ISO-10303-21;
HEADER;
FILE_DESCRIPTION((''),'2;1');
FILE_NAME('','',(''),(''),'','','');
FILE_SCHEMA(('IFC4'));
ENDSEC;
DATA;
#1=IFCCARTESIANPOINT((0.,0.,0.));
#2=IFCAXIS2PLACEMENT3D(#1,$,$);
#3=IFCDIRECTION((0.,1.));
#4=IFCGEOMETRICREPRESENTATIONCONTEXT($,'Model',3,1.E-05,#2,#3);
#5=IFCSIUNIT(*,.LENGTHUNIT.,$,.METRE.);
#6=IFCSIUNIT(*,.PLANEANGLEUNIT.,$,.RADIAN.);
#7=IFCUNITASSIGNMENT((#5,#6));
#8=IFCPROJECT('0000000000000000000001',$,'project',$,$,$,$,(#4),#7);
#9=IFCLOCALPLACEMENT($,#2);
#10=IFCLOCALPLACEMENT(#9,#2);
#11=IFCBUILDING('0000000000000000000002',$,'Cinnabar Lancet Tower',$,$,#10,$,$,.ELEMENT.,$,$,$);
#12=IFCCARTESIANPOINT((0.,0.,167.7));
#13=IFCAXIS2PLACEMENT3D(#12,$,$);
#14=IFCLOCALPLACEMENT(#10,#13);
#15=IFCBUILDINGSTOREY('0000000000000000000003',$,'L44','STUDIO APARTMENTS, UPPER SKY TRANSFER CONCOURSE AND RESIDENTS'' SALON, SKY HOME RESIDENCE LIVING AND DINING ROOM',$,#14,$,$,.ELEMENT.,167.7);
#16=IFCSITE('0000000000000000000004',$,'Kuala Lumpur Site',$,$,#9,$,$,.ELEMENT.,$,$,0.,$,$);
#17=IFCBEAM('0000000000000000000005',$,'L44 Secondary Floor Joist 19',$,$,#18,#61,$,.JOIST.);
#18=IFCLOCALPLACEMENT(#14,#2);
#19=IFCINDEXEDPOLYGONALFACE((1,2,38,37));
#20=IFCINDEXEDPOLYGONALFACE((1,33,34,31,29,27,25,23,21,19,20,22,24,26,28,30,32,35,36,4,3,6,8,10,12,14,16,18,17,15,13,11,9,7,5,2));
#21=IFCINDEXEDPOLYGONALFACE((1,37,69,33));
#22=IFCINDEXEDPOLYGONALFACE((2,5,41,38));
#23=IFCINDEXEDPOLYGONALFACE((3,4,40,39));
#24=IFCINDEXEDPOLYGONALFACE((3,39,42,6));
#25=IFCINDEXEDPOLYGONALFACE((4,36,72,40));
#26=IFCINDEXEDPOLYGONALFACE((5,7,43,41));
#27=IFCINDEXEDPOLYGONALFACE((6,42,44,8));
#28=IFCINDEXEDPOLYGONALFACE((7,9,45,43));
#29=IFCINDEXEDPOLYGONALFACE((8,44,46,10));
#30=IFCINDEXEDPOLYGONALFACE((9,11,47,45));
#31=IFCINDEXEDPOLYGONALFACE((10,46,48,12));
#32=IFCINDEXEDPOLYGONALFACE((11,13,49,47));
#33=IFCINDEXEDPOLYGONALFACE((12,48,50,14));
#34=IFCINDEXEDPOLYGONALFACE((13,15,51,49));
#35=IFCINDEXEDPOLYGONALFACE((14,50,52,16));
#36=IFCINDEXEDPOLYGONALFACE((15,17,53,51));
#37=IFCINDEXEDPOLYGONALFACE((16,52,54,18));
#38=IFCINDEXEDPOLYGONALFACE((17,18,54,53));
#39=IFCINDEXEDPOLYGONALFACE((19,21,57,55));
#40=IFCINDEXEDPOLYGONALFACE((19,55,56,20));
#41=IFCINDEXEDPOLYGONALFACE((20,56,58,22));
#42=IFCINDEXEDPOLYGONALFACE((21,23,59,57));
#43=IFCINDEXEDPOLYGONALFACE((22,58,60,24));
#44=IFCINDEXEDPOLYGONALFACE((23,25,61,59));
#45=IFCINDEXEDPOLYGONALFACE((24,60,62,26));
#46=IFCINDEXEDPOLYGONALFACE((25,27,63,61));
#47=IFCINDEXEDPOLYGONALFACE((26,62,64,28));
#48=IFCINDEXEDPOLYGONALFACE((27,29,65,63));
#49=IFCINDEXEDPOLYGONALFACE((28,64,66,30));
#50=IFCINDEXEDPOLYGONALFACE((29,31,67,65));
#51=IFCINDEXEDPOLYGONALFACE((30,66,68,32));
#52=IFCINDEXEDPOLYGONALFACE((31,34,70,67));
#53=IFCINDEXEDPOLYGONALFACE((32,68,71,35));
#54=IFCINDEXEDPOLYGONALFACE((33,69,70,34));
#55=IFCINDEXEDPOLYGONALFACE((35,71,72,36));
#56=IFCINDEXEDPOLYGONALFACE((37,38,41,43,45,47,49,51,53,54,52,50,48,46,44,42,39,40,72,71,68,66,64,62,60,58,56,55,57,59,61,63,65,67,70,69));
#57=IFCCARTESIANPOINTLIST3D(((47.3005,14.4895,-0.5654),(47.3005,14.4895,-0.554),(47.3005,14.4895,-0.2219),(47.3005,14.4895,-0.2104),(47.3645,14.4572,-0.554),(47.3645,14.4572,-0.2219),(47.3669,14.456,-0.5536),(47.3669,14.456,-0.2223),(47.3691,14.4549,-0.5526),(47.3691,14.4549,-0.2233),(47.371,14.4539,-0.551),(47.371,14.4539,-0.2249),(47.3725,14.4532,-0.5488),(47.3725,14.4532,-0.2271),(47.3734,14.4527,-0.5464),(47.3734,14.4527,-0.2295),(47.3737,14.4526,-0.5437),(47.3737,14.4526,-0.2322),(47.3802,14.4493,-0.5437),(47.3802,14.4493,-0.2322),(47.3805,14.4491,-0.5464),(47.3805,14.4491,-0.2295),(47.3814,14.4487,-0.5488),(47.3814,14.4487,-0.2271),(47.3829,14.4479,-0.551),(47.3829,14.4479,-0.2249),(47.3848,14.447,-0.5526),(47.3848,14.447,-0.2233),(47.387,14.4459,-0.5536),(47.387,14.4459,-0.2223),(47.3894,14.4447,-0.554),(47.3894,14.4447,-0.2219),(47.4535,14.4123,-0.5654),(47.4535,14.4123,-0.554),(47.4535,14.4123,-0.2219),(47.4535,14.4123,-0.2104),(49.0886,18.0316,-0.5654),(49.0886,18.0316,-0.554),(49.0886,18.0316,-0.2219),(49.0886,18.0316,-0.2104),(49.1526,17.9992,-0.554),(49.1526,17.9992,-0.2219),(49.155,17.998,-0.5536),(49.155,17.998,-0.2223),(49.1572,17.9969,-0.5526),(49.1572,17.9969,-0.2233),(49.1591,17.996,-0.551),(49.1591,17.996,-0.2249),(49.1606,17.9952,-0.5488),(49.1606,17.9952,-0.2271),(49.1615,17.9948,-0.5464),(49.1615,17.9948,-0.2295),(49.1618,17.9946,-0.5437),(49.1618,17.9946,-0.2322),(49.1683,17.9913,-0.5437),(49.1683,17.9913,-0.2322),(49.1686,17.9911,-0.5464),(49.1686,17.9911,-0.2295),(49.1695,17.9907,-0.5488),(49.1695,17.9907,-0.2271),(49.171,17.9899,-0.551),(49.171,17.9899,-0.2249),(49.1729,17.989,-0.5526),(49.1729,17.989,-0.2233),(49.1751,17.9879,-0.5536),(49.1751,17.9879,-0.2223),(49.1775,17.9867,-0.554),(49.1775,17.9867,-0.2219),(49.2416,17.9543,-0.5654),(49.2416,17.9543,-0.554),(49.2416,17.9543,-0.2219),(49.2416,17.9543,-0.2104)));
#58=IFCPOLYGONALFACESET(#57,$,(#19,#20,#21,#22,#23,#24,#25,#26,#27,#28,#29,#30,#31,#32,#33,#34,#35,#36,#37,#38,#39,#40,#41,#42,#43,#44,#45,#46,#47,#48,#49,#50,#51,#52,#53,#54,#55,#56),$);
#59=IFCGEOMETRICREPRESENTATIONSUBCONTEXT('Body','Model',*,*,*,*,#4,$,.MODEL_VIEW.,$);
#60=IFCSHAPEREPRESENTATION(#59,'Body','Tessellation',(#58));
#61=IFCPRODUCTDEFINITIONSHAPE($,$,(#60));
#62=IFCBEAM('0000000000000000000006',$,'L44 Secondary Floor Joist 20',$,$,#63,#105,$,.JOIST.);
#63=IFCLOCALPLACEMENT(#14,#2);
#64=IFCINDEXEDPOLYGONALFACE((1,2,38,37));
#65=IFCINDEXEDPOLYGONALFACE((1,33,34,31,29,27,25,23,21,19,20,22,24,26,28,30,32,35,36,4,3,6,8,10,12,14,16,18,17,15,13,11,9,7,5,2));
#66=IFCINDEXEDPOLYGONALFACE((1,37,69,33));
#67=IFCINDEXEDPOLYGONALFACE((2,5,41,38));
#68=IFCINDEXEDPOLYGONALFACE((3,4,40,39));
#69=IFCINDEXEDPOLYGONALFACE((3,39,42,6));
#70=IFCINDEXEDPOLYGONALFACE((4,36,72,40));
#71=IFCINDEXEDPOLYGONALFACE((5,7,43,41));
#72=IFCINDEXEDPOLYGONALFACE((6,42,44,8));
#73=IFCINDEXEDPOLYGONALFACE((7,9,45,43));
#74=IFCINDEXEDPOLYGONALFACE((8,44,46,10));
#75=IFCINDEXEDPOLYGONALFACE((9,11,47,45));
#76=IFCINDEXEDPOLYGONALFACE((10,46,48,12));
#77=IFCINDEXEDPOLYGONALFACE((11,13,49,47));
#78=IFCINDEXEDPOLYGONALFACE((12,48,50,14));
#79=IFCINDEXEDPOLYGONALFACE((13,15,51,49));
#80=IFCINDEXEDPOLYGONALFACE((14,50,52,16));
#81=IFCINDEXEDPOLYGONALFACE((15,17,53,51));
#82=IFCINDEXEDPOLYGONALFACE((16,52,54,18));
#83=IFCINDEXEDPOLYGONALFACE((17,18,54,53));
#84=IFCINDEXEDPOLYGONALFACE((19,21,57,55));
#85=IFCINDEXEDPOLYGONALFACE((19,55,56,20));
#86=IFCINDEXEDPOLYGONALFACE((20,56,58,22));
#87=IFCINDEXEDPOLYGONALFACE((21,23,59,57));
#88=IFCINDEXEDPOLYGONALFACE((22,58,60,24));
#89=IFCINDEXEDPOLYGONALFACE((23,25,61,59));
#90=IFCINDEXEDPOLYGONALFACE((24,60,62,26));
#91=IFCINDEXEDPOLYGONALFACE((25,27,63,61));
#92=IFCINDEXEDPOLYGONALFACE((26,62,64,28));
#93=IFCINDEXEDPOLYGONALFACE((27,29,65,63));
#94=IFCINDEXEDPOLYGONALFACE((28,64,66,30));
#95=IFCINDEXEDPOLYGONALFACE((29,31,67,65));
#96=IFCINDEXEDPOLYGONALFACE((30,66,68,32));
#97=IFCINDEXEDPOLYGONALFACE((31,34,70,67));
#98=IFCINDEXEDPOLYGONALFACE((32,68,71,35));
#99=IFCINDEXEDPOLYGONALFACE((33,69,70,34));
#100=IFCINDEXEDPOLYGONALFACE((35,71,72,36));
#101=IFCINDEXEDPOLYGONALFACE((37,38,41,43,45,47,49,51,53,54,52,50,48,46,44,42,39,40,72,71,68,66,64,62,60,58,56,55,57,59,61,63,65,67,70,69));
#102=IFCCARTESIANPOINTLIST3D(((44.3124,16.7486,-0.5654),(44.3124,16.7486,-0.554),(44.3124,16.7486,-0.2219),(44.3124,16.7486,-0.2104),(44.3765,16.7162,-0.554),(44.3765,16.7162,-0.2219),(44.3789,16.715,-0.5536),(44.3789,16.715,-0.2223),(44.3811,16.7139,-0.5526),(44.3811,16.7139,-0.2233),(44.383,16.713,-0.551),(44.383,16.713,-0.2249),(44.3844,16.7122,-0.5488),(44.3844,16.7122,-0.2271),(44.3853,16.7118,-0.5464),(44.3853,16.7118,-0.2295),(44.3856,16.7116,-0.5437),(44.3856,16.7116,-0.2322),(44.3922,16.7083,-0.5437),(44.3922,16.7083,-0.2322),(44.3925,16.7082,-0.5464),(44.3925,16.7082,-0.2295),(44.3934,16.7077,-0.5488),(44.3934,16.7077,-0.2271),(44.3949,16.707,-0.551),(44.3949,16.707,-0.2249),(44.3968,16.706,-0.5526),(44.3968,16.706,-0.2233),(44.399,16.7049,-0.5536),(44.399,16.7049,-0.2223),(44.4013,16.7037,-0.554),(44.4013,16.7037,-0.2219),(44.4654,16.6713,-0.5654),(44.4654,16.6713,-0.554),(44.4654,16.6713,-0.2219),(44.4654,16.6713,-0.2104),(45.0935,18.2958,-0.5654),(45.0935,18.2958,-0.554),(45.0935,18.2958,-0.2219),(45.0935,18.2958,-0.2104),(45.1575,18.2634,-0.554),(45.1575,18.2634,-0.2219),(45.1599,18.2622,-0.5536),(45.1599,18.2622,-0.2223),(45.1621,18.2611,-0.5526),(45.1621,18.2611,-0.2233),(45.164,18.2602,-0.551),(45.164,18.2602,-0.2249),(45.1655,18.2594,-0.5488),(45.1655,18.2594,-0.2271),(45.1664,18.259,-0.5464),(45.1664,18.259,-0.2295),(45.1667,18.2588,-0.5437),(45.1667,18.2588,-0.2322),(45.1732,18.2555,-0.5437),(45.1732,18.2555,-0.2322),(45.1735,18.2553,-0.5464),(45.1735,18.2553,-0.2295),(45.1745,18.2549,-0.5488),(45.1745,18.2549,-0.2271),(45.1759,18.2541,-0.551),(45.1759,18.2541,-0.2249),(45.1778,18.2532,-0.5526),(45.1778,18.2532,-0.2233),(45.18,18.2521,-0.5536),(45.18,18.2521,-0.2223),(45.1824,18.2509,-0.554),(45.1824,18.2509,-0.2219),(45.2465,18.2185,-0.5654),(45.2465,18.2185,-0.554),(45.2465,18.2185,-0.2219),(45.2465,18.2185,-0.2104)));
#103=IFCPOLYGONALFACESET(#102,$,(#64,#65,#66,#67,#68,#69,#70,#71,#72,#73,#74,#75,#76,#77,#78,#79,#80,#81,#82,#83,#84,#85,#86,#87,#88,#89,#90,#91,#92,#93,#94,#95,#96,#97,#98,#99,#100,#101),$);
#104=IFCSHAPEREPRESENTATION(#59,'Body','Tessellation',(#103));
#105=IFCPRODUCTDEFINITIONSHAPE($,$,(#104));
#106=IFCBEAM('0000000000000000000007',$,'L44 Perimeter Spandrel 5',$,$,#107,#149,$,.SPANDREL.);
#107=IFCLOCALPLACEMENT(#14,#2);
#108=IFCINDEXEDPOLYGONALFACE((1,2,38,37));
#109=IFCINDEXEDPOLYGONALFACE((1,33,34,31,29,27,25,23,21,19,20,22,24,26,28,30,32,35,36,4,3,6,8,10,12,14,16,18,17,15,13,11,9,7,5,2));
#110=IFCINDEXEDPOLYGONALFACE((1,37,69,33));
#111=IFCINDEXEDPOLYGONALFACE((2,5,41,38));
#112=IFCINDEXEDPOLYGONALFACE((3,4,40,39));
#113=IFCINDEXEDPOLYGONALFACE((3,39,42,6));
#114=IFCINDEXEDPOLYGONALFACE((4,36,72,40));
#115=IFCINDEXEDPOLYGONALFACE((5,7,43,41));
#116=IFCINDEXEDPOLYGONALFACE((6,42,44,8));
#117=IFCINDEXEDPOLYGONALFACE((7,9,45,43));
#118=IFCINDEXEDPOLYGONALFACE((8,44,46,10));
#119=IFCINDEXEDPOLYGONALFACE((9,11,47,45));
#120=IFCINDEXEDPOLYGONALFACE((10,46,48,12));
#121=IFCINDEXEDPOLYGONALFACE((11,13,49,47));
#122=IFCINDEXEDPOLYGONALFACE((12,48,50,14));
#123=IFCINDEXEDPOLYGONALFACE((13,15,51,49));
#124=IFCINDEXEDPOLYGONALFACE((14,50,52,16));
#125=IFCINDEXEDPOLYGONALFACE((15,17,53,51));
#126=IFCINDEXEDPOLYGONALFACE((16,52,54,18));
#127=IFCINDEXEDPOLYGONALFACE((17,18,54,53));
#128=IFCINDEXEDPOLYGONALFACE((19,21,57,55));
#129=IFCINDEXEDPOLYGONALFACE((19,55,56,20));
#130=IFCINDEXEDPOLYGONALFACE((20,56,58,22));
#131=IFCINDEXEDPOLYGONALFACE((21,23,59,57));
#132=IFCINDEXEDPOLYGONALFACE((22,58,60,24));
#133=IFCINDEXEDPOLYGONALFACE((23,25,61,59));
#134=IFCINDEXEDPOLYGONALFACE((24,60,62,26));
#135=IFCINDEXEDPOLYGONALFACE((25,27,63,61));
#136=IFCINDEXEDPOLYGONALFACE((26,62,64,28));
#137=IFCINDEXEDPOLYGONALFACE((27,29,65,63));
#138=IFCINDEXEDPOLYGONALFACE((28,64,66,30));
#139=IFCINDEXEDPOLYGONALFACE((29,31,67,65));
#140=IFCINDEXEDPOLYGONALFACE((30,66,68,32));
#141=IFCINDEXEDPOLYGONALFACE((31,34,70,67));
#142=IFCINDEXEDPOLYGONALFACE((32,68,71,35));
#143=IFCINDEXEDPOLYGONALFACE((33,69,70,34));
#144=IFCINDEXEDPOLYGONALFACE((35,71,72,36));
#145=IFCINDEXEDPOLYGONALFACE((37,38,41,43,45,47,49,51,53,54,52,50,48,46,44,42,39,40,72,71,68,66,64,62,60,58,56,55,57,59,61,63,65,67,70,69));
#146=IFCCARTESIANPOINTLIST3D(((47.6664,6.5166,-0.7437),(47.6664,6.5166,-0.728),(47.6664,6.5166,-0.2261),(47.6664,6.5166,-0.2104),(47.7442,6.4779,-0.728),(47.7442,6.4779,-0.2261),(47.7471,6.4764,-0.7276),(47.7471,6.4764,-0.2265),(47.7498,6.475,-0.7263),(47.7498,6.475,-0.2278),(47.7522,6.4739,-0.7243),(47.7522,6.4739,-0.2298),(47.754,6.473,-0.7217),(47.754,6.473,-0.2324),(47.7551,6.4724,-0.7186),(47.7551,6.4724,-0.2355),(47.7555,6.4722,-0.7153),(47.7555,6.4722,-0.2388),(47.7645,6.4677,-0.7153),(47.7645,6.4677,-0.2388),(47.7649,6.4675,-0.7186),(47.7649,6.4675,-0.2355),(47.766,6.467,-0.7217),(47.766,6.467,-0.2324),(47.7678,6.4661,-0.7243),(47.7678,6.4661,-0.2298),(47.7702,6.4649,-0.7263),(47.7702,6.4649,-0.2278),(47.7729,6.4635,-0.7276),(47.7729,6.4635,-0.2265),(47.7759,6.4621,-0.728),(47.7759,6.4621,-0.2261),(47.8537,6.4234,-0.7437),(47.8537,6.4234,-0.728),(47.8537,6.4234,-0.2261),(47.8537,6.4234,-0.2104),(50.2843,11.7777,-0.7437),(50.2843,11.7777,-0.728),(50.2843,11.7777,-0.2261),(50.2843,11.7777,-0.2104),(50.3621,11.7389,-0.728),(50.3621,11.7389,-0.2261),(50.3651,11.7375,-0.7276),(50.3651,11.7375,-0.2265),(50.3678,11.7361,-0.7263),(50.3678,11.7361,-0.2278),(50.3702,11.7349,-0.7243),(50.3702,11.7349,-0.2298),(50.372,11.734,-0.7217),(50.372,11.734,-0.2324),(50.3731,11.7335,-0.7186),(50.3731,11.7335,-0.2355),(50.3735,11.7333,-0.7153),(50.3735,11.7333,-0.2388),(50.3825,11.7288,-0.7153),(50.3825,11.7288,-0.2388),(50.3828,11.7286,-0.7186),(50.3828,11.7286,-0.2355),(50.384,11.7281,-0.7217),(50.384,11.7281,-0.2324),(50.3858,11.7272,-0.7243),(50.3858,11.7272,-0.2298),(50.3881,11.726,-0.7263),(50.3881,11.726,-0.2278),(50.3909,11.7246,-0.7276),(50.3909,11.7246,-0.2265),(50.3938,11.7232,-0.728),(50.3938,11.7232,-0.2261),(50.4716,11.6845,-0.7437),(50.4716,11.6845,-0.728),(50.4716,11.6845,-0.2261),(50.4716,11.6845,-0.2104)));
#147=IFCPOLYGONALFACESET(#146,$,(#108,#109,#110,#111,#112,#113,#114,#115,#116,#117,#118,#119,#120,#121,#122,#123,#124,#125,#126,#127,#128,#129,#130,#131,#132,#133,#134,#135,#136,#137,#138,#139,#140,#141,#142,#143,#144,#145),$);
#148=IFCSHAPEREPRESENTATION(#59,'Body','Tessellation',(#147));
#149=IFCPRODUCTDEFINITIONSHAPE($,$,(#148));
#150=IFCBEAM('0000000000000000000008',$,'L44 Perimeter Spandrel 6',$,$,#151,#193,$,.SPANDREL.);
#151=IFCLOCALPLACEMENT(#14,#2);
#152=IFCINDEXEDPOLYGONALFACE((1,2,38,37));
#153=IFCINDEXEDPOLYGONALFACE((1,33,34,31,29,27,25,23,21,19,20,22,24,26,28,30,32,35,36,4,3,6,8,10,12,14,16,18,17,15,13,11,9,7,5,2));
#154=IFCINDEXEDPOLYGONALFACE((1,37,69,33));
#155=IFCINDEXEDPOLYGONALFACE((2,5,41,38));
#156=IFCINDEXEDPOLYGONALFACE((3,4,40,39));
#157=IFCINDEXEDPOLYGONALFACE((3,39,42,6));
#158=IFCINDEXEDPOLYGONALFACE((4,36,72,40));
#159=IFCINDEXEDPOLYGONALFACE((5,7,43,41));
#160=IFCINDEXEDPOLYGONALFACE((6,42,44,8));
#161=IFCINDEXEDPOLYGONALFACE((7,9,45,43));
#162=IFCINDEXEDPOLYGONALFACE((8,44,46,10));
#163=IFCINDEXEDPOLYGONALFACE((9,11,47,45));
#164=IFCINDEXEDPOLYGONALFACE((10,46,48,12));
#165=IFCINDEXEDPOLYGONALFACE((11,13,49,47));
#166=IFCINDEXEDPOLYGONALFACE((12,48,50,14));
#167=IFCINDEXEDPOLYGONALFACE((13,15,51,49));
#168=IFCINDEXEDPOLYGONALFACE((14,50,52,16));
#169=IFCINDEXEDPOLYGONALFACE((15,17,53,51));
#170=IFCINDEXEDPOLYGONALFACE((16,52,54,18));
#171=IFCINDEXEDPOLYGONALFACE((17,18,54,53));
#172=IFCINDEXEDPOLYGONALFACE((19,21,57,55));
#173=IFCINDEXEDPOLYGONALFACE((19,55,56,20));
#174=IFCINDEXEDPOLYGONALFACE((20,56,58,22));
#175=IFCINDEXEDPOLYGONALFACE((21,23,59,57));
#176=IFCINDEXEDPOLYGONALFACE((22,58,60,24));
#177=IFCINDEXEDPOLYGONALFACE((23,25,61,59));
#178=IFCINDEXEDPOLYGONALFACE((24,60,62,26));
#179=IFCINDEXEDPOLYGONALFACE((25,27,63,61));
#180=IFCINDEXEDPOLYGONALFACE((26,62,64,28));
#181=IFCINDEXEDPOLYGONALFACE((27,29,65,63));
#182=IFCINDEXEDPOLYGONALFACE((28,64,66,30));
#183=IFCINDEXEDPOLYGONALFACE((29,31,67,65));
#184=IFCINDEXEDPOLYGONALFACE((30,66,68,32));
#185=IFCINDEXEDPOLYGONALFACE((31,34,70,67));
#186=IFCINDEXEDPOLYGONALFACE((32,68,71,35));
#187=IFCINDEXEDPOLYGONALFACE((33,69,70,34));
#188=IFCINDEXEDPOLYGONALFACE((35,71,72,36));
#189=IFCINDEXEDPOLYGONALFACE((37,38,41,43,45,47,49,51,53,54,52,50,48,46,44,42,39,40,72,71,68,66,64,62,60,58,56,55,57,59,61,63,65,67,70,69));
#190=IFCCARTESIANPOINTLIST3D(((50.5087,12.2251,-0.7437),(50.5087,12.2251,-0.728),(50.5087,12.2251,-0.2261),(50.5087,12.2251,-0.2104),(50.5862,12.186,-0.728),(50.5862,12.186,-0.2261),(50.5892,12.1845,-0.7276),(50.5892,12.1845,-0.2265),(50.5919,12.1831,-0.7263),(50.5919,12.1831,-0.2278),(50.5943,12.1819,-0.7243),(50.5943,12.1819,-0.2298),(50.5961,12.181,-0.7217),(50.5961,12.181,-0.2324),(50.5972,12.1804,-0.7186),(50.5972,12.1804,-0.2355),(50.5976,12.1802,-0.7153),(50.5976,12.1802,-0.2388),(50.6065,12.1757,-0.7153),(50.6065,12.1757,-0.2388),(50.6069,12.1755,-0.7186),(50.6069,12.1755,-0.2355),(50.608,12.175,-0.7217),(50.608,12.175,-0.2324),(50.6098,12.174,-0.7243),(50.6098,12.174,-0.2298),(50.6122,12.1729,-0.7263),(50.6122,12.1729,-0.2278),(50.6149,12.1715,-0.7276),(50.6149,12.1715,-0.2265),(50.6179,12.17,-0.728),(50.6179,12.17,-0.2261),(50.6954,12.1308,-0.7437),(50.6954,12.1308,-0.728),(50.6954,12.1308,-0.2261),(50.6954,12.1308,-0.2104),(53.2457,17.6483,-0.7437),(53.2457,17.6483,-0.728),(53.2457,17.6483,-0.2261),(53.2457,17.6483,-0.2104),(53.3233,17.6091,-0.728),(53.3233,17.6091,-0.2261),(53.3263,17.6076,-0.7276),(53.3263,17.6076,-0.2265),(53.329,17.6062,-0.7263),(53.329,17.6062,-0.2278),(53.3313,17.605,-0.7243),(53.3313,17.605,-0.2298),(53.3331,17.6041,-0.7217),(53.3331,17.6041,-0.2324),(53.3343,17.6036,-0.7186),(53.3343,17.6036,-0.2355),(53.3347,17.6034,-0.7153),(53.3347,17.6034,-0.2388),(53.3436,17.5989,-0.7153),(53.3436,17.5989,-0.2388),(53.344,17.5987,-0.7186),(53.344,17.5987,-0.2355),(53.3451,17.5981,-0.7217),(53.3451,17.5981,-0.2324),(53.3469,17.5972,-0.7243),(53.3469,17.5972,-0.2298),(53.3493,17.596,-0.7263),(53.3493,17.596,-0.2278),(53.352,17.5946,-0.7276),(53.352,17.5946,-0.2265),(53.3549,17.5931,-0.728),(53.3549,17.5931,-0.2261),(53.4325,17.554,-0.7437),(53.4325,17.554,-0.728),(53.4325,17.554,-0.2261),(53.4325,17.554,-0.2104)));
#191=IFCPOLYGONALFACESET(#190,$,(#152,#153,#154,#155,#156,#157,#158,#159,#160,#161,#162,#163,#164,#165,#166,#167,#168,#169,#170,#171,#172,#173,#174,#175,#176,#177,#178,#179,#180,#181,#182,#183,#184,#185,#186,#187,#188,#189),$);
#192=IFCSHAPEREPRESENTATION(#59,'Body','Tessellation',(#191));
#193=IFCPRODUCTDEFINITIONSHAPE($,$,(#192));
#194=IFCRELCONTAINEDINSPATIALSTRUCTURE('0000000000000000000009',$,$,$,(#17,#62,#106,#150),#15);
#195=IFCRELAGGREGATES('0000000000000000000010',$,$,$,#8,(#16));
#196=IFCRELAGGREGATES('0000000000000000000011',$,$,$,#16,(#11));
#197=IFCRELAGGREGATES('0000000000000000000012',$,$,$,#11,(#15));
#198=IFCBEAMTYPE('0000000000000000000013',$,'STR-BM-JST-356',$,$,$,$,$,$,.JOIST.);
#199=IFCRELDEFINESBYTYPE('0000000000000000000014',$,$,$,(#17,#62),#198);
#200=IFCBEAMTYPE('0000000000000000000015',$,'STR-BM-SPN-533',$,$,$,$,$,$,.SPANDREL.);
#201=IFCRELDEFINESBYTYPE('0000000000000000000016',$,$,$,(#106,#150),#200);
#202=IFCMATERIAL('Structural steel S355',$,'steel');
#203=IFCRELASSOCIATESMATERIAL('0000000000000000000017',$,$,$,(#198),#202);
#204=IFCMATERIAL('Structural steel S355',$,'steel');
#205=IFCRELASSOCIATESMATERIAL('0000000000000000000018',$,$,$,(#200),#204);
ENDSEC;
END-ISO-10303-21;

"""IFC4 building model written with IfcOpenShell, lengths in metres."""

from ifc_helpers import new_model, si_unit, direction, frame, origin, origin_2d, place, context, subcontext, project, spatial, i_section, extrude, material, material_profile, profile_set, type_object, element, save


model = new_model("IFC4")

# Units and contexts
model_context = context("Model", 3, precision=1e-05, world=origin(), true_north=direction((0.0, 1.0)))
body_context = subcontext(model_context, "Body", "Model", "MODEL_VIEW")
ifc_project = project(units=[si_unit("LENGTHUNIT", "METRE"), si_unit("PLANEANGLEUNIT", "RADIAN")], contexts=[model_context])

# Site, building, storey
site_placement = place(None, origin())
site = spatial("IfcSite", under=ifc_project, at=site_placement, Name="Kuala Lumpur Site", CompositionType="ELEMENT", RefElevation=0.0)
building_placement = place(site_placement, origin())
building = spatial("IfcBuilding", under=site, at=building_placement, Name="Cinnabar Lancet Tower", CompositionType="ELEMENT")
storey_placement = place(building_placement, frame((0.0, 0.0, 167.7)))
storey = spatial("IfcBuildingStorey", under=building, at=storey_placement, Name="L44", Description="STUDIO APARTMENTS, UPPER SKY TRANSFER CONCOURSE AND RESIDENTS' SALON, SKY HOME RESIDENCE LIVING AND DINING ROOM", CompositionType="ELEMENT", Elevation=167.7)

# Beams
ifc_material_1 = material(Name="Structural steel S355", Category="steel")
ifc_material_profile_1 = material_profile(ifc_material_1, i_section(OverallWidth=0.1714, OverallDepth=0.355, WebThickness=0.0073, FlangeThickness=0.0115, FilletRadius=0.0103, at=origin_2d()), Name="UKB 356x171x51")
ifc_profile_set_1 = profile_set([ifc_material_profile_1], Name="Structural steel S355")
beam_type_1 = type_object("IfcBeamType", Name="STR-BM-JST-356", PredefinedType="JOIST", material=ifc_profile_set_1)
beam_1_placement = place(storey_placement, frame((47.377, 14.4509, -0.3879), z_axis=(0.450656, 0.892698, 0.0), x_axis=(-0.892698, 0.450656, 0.0)))
element("IfcBeam", 1, at=beam_1_placement, inside=storey, type_object=beam_type_1, Name="L44 Secondary Floor Joist 19", PredefinedType="JOIST", context=body_context, shape_type="SweptSolid", body=[
    extrude(i_section(OverallWidth=0.1714, OverallDepth=0.355, WebThickness=0.0073, FlangeThickness=0.0115, FilletRadius=0.0103, at=origin_2d()), origin(), (0.0, 0.0, 1.0), 3.9678),
])
beam_2_placement = place(storey_placement, frame((44.3889, 16.71, -0.3879), z_axis=(0.450648, 0.892702, 0.0), x_axis=(-0.892702, 0.450648, 0.0)))
element("IfcBeam", 2, at=beam_2_placement, inside=storey, type_object=beam_type_1, Name="L44 Secondary Floor Joist 20", PredefinedType="JOIST", context=body_context, shape_type="SweptSolid", body=[
    extrude(i_section(OverallWidth=0.1714, OverallDepth=0.355, WebThickness=0.0073, FlangeThickness=0.0115, FilletRadius=0.0103, at=origin_2d()), origin(), (0.0, 0.0, 1.0), 1.7332),
])
ifc_material_2 = material(Name="Structural steel S355", Category="steel")
ifc_material_profile_2 = material_profile(ifc_material_2, i_section(OverallWidth=0.2092, OverallDepth=0.5332, WebThickness=0.01, FlangeThickness=0.0156, FilletRadius=0.0127, at=origin_2d()), Name="UKB 533x210x92")
ifc_profile_set_2 = profile_set([ifc_material_profile_2], Name="Structural steel S355")
beam_type_2 = type_object("IfcBeamType", Name="STR-BM-SPN-533", PredefinedType="SPANDREL", material=ifc_profile_set_2)
beam_3_placement = place(storey_placement, frame((47.76, 6.47, -0.4771), z_axis=(0.445501, 0.895281, 0.0), x_axis=(-0.895281, 0.445501, 0.0)))
element("IfcBeam", 3, at=beam_3_placement, inside=storey, type_object=beam_type_2, Name="L44 Perimeter Spandrel 5", PredefinedType="SPANDREL", context=body_context, shape_type="SweptSolid", body=[
    extrude(i_section(OverallWidth=0.2092, OverallDepth=0.5332, WebThickness=0.01, FlangeThickness=0.0156, FilletRadius=0.0127, at=origin_2d()), origin(), (0.0, 0.0, 1.0), 5.8765),
])
beam_4_placement = place(storey_placement, frame((50.6021, 12.178, -0.4771), z_axis=(0.45057, 0.892741, 0.0), x_axis=(-0.892741, 0.45057, 0.0)))
element("IfcBeam", 4, at=beam_4_placement, inside=storey, type_object=beam_type_2, Name="L44 Perimeter Spandrel 6", PredefinedType="SPANDREL", context=body_context, shape_type="SweptSolid", body=[
    extrude(i_section(OverallWidth=0.2092, OverallDepth=0.5332, WebThickness=0.01, FlangeThickness=0.0156, FilletRadius=0.0127, at=origin_2d()), origin(), (0.0, 0.0, 1.0), 6.0747),
])

save(model, "model.ifc")
